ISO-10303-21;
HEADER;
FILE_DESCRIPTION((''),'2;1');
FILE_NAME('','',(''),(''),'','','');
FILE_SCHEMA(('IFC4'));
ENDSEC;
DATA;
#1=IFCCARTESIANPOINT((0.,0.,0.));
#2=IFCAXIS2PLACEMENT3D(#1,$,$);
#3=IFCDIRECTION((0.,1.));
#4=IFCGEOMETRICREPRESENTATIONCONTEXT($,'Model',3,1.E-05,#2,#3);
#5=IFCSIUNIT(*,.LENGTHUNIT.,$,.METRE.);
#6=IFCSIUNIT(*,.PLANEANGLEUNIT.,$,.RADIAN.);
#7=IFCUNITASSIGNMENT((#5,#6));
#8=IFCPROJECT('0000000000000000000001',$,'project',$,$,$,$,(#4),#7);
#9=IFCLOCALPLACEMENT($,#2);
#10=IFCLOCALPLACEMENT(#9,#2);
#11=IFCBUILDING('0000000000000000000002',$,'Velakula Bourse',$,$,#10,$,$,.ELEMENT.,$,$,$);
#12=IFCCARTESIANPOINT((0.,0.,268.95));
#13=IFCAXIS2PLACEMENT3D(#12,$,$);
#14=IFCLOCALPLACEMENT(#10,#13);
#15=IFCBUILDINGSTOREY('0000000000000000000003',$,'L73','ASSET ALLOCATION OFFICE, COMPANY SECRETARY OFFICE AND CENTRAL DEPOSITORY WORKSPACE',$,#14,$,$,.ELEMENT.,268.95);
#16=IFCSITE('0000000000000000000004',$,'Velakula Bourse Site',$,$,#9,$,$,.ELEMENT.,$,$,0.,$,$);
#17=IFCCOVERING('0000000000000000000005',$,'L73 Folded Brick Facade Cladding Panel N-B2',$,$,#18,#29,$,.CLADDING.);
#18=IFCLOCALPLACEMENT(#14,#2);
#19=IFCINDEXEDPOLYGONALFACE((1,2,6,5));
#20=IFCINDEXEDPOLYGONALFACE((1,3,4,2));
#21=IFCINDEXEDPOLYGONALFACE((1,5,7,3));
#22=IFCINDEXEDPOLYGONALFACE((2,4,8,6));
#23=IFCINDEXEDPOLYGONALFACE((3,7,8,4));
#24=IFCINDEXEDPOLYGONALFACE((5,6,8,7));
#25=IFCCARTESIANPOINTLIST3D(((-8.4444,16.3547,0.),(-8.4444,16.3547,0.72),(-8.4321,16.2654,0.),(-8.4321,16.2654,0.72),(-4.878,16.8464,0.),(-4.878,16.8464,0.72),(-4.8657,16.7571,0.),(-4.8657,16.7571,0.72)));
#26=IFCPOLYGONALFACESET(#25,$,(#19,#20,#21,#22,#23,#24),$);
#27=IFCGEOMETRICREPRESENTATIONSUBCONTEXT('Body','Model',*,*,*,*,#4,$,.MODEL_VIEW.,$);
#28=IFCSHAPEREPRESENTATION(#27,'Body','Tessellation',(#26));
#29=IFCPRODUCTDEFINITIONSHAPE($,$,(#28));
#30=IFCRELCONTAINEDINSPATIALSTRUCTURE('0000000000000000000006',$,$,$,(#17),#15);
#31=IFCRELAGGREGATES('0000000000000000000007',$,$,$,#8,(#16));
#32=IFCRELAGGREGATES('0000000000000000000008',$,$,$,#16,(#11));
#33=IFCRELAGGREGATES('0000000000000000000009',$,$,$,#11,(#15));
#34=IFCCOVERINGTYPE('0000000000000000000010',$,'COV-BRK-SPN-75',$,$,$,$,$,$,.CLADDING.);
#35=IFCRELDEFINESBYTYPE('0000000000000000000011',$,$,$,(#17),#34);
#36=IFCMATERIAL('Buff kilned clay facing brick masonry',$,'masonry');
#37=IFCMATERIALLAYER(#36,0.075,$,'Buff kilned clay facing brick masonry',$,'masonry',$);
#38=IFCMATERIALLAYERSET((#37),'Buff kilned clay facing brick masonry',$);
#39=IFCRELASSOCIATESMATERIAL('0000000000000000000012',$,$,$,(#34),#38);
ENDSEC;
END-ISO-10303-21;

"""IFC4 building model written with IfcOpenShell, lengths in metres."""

from ifc_helpers import new_model, si_unit, direction, frame, origin, origin_2d, place, context, subcontext, project, spatial, rectangle, extrude, material, layer, layer_set, type_object, element, save


model = new_model("IFC4")

# Units and contexts
model_context = context("Model", 3, precision=1e-05, world=origin(), true_north=direction((0.0, 1.0)))
body_context = subcontext(model_context, "Body", "Model", "MODEL_VIEW")
ifc_project = project(units=[si_unit("LENGTHUNIT", "METRE"), si_unit("PLANEANGLEUNIT", "RADIAN")], contexts=[model_context])

# Site, building, storey
site_placement = place(None, origin())
site = spatial("IfcSite", under=ifc_project, at=site_placement, Name="Velakula Bourse Site", CompositionType="ELEMENT", RefElevation=0.0)
building_placement = place(site_placement, origin())
building = spatial("IfcBuilding", under=site, at=building_placement, Name="Velakula Bourse", CompositionType="ELEMENT")
storey_placement = place(building_placement, frame((0.0, 0.0, 268.95)))
storey = spatial("IfcBuildingStorey", under=building, at=storey_placement, Name="L73", Description="ASSET ALLOCATION OFFICE, COMPANY SECRETARY OFFICE AND CENTRAL DEPOSITORY WORKSPACE", CompositionType="ELEMENT", Elevation=268.95)

# Shared definitions
ifc_material_1 = material(Name="Buff kilned clay facing brick masonry", Category="masonry")

# Covering
ifc_layer_1 = layer(ifc_material_1, 0.075, Name="Buff kilned clay facing brick masonry", Category="masonry")
ifc_layer_set_1 = layer_set([ifc_layer_1], Name="Buff kilned clay facing brick masonry")
covering_type = type_object("IfcCoveringType", Name="COV-BRK-SPN-75", PredefinedType="CLADDING", material=ifc_layer_set_1)
covering_placement = place(storey_placement, frame((-6.655, 16.5559, 0.0), z_axis=(0.0, 0.0, 1.0), x_axis=(0.990629, 0.13658, 0.0)))
element("IfcCovering", 1, at=covering_placement, inside=storey, type_object=covering_type, Name="L73 Folded Brick Facade Cladding Panel N-B2", PredefinedType="CLADDING", context=body_context, shape_type="SweptSolid", body=[
    extrude(rectangle(XDim=3.6001, YDim=0.0901, at=origin_2d()), origin(), (0.0, 0.0, 1.0), 0.72),
])

save(model, "model.ifc")
